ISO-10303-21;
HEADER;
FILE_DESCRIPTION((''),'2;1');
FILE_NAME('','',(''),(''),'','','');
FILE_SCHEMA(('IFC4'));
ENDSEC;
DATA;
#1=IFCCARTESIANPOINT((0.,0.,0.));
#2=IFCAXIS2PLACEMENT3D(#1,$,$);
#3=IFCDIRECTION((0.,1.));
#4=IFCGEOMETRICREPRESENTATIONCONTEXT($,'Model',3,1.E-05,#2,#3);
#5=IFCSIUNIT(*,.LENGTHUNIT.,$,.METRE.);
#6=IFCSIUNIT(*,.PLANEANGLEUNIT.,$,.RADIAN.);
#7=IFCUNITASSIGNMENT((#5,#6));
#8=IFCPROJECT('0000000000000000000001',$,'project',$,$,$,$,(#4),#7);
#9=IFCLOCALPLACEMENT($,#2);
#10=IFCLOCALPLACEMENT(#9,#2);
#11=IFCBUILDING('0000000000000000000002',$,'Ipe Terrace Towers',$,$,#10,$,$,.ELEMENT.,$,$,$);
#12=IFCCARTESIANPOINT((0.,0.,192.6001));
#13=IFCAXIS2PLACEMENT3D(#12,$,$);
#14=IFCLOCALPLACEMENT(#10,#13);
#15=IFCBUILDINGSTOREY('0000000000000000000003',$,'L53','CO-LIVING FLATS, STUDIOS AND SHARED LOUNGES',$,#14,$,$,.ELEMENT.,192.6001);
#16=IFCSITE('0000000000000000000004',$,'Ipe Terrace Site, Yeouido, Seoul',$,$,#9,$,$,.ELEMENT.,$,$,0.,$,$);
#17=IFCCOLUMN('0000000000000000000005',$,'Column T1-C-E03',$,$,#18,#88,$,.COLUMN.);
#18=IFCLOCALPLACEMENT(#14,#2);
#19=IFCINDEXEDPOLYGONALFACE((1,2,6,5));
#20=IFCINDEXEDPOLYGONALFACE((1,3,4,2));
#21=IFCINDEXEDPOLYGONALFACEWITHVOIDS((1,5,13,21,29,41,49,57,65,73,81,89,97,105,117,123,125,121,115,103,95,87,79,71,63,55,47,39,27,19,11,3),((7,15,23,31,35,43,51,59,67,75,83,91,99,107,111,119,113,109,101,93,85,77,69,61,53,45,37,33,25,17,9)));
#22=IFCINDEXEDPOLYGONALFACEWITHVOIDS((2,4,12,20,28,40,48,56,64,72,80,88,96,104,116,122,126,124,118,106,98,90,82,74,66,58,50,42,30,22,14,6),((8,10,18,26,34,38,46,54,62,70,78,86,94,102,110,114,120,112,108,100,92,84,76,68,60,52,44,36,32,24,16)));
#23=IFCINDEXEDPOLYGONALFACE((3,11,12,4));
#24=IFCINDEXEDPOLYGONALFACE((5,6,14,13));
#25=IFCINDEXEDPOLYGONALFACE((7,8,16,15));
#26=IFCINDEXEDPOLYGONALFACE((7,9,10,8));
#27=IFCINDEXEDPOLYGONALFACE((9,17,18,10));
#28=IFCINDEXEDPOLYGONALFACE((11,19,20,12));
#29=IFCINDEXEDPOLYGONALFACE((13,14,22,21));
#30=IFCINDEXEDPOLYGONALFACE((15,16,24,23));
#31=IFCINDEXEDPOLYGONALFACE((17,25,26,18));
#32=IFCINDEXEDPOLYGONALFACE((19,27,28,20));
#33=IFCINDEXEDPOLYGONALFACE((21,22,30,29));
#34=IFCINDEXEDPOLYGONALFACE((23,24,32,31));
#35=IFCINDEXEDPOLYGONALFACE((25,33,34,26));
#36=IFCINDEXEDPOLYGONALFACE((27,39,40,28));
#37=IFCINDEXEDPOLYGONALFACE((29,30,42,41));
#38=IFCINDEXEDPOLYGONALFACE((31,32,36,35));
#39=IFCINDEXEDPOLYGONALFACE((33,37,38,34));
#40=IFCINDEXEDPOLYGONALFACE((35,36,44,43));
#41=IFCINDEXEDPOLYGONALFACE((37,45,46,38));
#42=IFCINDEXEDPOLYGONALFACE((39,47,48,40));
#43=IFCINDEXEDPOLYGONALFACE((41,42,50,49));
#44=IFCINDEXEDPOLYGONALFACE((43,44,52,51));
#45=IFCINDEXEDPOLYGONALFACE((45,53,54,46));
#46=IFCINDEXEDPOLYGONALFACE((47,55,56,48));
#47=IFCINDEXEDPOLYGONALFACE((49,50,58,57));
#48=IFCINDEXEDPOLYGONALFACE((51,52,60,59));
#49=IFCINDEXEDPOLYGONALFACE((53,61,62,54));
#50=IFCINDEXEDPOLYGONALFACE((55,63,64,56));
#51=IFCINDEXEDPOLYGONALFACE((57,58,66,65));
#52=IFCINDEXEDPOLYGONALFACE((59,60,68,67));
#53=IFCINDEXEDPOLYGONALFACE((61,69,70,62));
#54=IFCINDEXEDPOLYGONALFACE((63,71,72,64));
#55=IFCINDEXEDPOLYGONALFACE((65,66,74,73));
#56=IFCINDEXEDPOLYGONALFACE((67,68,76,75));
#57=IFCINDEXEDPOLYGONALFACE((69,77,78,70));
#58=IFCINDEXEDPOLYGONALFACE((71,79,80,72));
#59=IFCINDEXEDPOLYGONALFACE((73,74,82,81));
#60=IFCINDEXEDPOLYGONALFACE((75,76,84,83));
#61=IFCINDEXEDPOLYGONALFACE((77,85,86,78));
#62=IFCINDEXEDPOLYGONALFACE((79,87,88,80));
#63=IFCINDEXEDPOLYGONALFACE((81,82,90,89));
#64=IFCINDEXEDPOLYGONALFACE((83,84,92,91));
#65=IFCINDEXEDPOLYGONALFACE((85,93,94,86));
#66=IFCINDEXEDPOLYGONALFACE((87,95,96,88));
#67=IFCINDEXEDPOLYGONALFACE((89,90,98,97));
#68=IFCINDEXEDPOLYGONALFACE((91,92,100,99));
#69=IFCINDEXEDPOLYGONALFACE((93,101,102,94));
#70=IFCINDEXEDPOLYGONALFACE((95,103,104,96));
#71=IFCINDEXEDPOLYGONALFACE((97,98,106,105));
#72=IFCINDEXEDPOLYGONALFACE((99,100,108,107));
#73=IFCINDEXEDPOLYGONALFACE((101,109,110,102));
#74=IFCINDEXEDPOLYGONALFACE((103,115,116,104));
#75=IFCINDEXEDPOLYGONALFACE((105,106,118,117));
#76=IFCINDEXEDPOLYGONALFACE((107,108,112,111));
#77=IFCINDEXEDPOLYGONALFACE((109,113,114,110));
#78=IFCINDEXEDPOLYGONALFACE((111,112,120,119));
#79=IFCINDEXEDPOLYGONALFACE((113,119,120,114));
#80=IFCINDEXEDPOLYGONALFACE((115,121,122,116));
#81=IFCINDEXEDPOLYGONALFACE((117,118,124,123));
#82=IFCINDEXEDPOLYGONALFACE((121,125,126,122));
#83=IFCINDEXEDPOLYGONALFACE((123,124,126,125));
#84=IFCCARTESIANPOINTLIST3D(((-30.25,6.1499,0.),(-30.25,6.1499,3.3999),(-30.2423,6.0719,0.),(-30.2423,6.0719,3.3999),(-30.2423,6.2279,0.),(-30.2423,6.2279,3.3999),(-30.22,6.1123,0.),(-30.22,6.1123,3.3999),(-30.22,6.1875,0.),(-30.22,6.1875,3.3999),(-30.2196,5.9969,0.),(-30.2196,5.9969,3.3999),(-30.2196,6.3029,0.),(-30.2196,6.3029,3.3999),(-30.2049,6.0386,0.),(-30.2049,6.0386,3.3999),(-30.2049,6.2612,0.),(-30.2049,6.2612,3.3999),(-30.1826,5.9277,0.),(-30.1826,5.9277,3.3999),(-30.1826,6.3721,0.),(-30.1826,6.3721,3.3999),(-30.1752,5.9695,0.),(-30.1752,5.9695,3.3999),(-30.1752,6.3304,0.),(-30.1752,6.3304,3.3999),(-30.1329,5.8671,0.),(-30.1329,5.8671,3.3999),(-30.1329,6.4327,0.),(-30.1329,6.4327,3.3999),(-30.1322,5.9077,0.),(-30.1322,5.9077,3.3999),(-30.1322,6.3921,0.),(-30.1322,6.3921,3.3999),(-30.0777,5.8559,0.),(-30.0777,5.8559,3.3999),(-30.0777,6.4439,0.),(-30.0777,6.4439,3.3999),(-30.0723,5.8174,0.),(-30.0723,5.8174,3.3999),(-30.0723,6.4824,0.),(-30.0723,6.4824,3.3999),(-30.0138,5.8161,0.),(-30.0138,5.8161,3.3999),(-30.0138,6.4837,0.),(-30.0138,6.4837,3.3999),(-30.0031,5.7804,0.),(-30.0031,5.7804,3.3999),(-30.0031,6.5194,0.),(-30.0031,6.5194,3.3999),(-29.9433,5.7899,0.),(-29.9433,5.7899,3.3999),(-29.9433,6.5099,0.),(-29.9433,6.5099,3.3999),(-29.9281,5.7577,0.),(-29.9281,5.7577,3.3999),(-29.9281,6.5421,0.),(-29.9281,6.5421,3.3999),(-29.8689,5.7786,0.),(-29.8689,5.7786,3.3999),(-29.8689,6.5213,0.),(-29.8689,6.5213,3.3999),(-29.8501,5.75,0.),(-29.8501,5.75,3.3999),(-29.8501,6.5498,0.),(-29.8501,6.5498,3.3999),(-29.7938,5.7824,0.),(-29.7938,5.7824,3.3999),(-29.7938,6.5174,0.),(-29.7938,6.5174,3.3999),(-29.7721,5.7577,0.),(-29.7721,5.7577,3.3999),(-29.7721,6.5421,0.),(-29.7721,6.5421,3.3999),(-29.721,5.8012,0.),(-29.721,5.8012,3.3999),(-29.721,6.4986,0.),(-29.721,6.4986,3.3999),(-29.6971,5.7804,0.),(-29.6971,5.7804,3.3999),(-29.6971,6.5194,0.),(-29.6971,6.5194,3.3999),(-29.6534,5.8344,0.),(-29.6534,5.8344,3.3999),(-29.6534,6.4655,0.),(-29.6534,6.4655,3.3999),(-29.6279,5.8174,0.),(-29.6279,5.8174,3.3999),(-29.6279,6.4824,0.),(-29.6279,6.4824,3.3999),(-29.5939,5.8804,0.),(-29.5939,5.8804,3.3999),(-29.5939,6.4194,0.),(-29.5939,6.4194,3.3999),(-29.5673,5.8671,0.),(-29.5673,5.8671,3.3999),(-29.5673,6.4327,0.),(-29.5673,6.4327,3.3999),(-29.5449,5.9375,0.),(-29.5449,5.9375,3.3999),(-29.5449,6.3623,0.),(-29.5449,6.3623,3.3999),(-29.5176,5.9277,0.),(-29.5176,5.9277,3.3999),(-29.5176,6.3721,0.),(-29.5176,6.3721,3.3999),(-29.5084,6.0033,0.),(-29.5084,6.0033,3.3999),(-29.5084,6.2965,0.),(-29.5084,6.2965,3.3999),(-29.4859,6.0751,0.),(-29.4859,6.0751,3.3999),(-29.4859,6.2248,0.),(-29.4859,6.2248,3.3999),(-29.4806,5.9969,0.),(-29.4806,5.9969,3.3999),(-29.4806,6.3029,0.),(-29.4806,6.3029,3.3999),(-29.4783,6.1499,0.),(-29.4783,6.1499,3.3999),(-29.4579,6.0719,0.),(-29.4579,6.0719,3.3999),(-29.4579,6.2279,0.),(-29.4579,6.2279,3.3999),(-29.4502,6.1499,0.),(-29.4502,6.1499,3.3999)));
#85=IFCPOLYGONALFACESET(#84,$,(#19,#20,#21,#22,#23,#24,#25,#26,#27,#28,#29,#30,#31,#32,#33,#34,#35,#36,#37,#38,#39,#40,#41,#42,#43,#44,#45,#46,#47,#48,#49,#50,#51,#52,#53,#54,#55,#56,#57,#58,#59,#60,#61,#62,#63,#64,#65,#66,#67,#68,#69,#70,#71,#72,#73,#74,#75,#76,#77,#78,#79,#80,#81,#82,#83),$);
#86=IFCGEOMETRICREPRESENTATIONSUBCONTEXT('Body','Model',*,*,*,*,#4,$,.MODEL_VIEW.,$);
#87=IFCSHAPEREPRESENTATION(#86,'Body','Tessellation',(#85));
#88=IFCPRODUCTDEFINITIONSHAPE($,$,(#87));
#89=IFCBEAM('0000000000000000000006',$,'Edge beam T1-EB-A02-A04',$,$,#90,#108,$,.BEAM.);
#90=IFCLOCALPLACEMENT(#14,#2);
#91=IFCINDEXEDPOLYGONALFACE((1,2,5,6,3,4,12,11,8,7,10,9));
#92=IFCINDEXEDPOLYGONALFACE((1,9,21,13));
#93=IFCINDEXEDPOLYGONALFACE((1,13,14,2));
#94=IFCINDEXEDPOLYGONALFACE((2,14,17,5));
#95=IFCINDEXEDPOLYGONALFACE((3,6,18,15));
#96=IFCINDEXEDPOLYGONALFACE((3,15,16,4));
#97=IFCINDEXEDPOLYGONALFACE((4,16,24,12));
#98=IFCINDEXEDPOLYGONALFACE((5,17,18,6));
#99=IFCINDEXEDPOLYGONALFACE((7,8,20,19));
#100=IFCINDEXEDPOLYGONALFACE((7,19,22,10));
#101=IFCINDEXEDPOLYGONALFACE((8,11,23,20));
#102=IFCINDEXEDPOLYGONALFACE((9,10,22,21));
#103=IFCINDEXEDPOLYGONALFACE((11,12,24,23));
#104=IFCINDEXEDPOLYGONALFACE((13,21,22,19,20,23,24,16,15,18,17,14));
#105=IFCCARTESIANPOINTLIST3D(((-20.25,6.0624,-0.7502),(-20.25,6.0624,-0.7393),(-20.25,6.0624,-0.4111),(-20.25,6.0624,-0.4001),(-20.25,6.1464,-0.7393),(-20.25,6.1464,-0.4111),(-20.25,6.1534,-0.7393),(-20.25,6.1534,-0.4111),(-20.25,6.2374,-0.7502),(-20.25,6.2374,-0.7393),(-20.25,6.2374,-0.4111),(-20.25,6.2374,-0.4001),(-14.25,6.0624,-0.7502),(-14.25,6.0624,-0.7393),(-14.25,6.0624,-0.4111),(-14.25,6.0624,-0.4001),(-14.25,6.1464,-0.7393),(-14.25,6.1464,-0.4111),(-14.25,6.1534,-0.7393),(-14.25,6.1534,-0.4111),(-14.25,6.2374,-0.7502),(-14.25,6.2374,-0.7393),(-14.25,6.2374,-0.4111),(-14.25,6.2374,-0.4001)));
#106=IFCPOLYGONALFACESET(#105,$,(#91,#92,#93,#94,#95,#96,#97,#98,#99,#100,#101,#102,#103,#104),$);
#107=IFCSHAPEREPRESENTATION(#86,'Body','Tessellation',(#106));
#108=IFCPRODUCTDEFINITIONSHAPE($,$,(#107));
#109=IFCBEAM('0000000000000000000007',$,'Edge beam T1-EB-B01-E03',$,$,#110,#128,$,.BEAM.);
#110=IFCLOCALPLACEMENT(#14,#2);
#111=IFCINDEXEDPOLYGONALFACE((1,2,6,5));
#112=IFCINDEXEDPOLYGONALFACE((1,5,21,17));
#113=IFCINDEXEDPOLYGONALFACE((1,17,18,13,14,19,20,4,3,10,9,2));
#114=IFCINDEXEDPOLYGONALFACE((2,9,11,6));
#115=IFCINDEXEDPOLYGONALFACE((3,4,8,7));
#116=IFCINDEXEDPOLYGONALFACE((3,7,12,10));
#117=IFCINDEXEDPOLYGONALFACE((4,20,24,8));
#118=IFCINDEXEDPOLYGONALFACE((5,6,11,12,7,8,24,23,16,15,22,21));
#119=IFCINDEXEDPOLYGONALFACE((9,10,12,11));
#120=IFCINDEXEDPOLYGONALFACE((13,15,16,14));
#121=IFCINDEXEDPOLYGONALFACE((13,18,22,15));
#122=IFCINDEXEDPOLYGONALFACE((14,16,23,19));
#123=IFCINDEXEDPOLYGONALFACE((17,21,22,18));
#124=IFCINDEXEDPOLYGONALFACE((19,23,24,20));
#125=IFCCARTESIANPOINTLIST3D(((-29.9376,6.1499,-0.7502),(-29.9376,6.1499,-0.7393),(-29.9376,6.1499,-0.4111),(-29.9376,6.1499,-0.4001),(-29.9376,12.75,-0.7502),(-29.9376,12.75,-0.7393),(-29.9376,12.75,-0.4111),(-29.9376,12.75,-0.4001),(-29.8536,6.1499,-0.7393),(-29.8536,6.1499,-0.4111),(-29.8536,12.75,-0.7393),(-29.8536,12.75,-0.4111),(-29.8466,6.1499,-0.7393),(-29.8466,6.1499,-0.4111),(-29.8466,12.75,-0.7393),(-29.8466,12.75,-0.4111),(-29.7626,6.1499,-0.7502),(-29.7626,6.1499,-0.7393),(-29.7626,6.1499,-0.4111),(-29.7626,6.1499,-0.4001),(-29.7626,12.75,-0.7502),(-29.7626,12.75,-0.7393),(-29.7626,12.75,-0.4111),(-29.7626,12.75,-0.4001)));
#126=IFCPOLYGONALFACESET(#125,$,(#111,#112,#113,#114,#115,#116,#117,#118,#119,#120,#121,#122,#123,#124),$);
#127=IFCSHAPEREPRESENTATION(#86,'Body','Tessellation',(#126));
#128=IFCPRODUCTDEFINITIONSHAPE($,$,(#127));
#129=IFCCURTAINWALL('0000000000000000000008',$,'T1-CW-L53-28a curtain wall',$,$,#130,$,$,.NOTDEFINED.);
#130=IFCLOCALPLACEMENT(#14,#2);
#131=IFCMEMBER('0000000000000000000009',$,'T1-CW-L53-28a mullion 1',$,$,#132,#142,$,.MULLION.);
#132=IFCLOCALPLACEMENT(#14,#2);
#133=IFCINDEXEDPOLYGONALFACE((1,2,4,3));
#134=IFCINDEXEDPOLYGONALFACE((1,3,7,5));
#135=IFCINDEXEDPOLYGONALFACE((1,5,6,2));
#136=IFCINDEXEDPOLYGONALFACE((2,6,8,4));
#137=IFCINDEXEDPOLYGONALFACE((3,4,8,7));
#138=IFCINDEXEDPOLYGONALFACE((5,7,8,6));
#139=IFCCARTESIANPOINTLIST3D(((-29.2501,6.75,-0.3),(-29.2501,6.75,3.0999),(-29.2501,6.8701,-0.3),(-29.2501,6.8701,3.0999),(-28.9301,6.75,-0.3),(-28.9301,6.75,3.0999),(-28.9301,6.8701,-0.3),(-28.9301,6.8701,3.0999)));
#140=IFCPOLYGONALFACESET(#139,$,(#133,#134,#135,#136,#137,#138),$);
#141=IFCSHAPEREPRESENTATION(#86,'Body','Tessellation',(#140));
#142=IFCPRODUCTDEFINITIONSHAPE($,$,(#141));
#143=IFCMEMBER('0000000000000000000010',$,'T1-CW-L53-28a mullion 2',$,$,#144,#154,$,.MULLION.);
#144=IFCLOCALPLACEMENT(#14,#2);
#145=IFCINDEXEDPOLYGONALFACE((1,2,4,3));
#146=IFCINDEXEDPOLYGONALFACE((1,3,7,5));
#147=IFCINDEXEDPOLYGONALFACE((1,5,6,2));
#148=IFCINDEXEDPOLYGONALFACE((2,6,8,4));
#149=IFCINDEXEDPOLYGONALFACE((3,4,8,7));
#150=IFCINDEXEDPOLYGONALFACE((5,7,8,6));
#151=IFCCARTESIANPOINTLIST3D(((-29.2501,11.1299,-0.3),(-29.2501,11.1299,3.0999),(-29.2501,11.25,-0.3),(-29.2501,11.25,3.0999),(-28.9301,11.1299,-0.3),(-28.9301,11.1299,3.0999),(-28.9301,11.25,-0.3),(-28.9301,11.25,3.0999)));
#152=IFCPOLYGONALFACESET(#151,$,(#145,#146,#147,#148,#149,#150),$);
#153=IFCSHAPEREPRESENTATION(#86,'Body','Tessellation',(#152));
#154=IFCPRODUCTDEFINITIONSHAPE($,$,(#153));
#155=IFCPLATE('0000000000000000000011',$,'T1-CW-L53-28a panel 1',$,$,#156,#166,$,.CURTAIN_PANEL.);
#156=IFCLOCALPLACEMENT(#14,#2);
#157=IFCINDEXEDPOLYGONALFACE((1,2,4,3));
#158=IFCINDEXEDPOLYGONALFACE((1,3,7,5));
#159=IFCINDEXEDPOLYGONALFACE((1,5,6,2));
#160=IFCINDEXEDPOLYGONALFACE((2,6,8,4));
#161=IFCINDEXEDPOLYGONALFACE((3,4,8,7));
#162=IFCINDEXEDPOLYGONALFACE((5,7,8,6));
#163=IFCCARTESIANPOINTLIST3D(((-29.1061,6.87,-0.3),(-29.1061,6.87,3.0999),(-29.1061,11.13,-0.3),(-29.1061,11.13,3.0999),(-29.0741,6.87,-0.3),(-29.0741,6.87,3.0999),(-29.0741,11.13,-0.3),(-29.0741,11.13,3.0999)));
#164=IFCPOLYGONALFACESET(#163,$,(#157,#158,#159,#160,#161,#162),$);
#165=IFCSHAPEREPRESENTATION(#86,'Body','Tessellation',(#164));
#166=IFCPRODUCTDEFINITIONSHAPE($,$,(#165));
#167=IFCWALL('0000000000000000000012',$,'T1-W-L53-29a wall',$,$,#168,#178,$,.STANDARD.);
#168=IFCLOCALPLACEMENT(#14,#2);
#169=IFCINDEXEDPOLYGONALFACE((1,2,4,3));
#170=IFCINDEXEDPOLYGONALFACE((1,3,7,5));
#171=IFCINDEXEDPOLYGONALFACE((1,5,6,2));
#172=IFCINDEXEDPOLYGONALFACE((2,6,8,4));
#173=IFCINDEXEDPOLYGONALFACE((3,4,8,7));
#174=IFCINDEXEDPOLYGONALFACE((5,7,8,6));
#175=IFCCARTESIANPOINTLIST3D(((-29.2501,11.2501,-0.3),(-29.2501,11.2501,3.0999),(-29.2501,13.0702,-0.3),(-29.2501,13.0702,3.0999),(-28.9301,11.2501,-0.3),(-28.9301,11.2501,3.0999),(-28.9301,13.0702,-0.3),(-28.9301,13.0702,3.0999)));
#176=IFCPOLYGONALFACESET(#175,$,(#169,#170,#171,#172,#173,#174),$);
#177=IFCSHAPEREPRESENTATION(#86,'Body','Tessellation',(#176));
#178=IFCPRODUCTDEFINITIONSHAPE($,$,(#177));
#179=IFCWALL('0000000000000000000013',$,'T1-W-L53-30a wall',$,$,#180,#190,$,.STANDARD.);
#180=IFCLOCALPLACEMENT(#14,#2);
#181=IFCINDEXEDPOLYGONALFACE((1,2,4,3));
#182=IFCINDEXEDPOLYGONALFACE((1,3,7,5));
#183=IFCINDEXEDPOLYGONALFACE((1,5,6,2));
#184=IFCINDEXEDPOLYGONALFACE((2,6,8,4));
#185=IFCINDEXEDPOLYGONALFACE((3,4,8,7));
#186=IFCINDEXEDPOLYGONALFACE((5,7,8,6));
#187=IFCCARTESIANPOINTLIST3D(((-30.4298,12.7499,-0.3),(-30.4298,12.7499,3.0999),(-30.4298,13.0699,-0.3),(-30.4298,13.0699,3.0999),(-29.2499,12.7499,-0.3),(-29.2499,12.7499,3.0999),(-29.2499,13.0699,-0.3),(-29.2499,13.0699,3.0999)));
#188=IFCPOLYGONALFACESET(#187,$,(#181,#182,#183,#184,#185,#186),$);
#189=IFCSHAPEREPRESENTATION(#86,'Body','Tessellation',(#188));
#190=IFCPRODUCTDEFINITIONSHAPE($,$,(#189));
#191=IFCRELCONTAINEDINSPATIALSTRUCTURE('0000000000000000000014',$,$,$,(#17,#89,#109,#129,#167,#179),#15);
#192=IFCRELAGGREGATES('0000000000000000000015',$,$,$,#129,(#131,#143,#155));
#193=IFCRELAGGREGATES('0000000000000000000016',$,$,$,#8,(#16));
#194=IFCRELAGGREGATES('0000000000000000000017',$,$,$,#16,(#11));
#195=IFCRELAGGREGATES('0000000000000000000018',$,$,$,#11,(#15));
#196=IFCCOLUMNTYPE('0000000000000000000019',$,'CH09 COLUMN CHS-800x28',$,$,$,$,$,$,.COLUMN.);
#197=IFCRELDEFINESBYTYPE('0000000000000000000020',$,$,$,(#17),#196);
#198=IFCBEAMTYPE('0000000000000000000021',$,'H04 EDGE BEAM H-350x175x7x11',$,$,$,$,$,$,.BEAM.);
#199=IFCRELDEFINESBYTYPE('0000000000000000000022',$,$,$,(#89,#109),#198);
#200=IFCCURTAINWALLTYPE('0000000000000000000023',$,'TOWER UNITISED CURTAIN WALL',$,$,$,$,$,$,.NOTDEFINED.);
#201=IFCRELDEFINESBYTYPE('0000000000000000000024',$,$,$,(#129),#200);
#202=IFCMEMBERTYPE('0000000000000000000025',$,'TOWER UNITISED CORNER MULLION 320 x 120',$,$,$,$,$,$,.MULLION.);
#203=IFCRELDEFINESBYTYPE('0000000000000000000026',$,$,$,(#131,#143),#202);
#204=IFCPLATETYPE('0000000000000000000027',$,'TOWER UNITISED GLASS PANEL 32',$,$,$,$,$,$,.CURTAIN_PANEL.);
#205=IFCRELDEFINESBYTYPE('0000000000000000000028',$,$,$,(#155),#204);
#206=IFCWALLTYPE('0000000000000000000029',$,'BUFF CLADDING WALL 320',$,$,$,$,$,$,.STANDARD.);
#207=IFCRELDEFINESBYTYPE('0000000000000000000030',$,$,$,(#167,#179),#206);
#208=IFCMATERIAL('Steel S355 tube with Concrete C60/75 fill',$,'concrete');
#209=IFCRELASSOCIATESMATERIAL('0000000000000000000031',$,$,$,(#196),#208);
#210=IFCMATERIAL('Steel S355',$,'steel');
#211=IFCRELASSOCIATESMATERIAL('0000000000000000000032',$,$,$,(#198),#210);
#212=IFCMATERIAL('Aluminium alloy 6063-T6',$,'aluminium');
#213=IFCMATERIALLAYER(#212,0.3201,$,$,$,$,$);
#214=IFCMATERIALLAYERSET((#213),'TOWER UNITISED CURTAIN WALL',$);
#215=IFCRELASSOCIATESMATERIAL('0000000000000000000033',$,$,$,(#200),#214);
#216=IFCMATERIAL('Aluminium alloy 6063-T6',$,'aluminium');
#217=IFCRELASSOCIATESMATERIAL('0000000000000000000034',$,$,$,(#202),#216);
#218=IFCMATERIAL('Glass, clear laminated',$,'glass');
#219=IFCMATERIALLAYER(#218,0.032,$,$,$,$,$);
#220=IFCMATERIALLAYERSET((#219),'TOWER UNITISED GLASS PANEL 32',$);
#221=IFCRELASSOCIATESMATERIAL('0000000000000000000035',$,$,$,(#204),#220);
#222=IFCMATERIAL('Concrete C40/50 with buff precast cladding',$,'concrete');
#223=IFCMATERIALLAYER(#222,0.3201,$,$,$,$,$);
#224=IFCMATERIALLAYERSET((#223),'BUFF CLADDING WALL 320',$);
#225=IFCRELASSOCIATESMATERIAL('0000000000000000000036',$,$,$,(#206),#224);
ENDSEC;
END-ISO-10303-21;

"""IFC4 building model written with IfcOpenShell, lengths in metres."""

from ifc_helpers import new_model, si_unit, direction, frame, frame_2d, origin, origin_2d, place, context, subcontext, project, spatial, rectangle, hollow_circle, i_section, extrude, material, layer, layer_set, material_profile, profile_set, type_object, element, aggregate, save


model = new_model("IFC4")

# Units and contexts
model_context = context("Model", 3, precision=1e-05, world=origin(), true_north=direction((0.0, 1.0)))
body_context = subcontext(model_context, "Body", "Model", "MODEL_VIEW")
ifc_project = project(units=[si_unit("LENGTHUNIT", "METRE"), si_unit("PLANEANGLEUNIT", "RADIAN")], contexts=[model_context])

# Site, building, storey
site_placement = place(None, origin())
site = spatial("IfcSite", under=ifc_project, at=site_placement, Name="Ipe Terrace Site, Yeouido, Seoul", CompositionType="ELEMENT", RefElevation=0.0)
building_placement = place(site_placement, origin())
building = spatial("IfcBuilding", under=site, at=building_placement, Name="Ipe Terrace Towers", CompositionType="ELEMENT")
storey_placement = place(building_placement, frame((0.0, 0.0, 192.6001)))
storey = spatial("IfcBuildingStorey", under=building, at=storey_placement, Name="L53", Description="CO-LIVING FLATS, STUDIOS AND SHARED LOUNGES", CompositionType="ELEMENT", Elevation=192.6001)

# Column
ifc_material_1 = material(Name="Steel S355 tube with Concrete C60/75 fill", Category="concrete")
ifc_material_profile_1 = material_profile(ifc_material_1, hollow_circle(Radius=0.3999, WallThickness=0.0281, at=origin_2d()), Name="CHS-800x28")
ifc_profile_set_1 = profile_set([ifc_material_profile_1], Name="Steel S355 tube with Concrete C60/75 fill")
column_type_1 = type_object("IfcColumnType", Name="CH09 COLUMN CHS-800x28", PredefinedType="COLUMN", material=ifc_profile_set_1)
column_placement = place(storey_placement, frame((-29.8501, 6.1499, 0.0), z_axis=(0.0, 0.0, 1.0), x_axis=(1.0, 0.0, 0.0)))
element("IfcColumn", 1, at=column_placement, inside=storey, type_object=column_type_1, Name="Column T1-C-E03", PredefinedType="COLUMN", context=body_context, shape_type="SweptSolid", body=[
    extrude(hollow_circle(Radius=0.3999, WallThickness=0.0281, at=origin_2d()), origin(), (0.0, 0.0, 1.0), 3.3999),
])

# Beams
ifc_material_2 = material(Name="Steel S355", Category="steel")
ifc_material_profile_2 = material_profile(ifc_material_2, i_section(OverallWidth=0.175, OverallDepth=0.3501, WebThickness=0.0071, FlangeThickness=0.011, at=origin_2d()), Name="H-350x175x7x11")
ifc_profile_set_2 = profile_set([ifc_material_profile_2], Name="Steel S355")
beam_type = type_object("IfcBeamType", Name="H04 EDGE BEAM H-350x175x7x11", PredefinedType="BEAM", material=ifc_profile_set_2)
beam_1_placement = place(storey_placement, frame((-20.25, 6.1499, -0.5752), z_axis=(1.0, 0.0, 0.0), x_axis=(0.0, 1.0, 0.0)))
element("IfcBeam", 2, at=beam_1_placement, inside=storey, type_object=beam_type, Name="Edge beam T1-EB-A02-A04", PredefinedType="BEAM", context=body_context, shape_type="SweptSolid", body=[
    extrude(i_section(OverallWidth=0.175, OverallDepth=0.3501, WebThickness=0.0071, FlangeThickness=0.011, at=origin_2d()), origin(), (0.0, 0.0, 1.0), 6.0),
])
beam_2_placement = place(storey_placement, frame((-29.8501, 12.75, -0.5752), z_axis=(0.0, -1.0, 0.0), x_axis=(1.0, 0.0, 0.0)))
element("IfcBeam", 3, at=beam_2_placement, inside=storey, type_object=beam_type, Name="Edge beam T1-EB-B01-E03", PredefinedType="BEAM", context=body_context, shape_type="SweptSolid", body=[
    extrude(i_section(OverallWidth=0.175, OverallDepth=0.3501, WebThickness=0.0071, FlangeThickness=0.011, at=origin_2d()), origin(), (0.0, 0.0, 1.0), 6.6001),
])

# Curtain wall, members, plate
ifc_material_3 = material(Name="Aluminium alloy 6063-T6", Category="aluminium")
ifc_layer_1 = layer(ifc_material_3, 0.3201)
ifc_layer_set_1 = layer_set([ifc_layer_1], Name="TOWER UNITISED CURTAIN WALL")
curtain_wall_type = type_object("IfcCurtainWallType", Name="TOWER UNITISED CURTAIN WALL", PredefinedType="NOTDEFINED", material=ifc_layer_set_1)
curtain_wall_placement = place(storey_placement, origin())
curtain_wall = element("IfcCurtainWall", 4, at=curtain_wall_placement, inside=storey, type_object=curtain_wall_type, Name="T1-CW-L53-28a curtain wall", PredefinedType="NOTDEFINED")
ifc_material_4 = material(Name="Aluminium alloy 6063-T6", Category="aluminium")
ifc_material_profile_3 = material_profile(ifc_material_4, rectangle(XDim=0.3201, YDim=0.1201, at=origin_2d()), Name="TOWER UNITISED CORNER MULLION 320 x 120")
ifc_profile_set_3 = profile_set([ifc_material_profile_3], Name="Aluminium alloy 6063-T6")
member_type = type_object("IfcMemberType", Name="TOWER UNITISED CORNER MULLION 320 x 120", PredefinedType="MULLION", material=ifc_profile_set_3)
member_1_placement = place(storey_placement, frame((-29.0901, 6.8101, -0.3), z_axis=(0.0, 0.0, 1.0), x_axis=(1.0, 0.0, 0.0)))
member_1 = element("IfcMember", 5, at=member_1_placement, type_object=member_type, Name="T1-CW-L53-28a mullion 1", PredefinedType="MULLION", context=body_context, shape_type="SweptSolid", body=[
    extrude(rectangle(XDim=0.3201, YDim=0.1201, at=origin_2d()), origin(), (0.0, 0.0, 1.0), 3.3999),
])
member_2_placement = place(storey_placement, frame((-29.0901, 11.1899, -0.3), z_axis=(0.0, 0.0, 1.0), x_axis=(1.0, 0.0, 0.0)))
member_2 = element("IfcMember", 6, at=member_2_placement, type_object=member_type, Name="T1-CW-L53-28a mullion 2", PredefinedType="MULLION", context=body_context, shape_type="SweptSolid", body=[
    extrude(rectangle(XDim=0.3201, YDim=0.1201, at=origin_2d()), origin(), (0.0, 0.0, 1.0), 3.3999),
])
ifc_material_5 = material(Name="Glass, clear laminated", Category="glass")
ifc_layer_2 = layer(ifc_material_5, 0.032)
ifc_layer_set_2 = layer_set([ifc_layer_2], Name="TOWER UNITISED GLASS PANEL 32")
plate_type = type_object("IfcPlateType", Name="TOWER UNITISED GLASS PANEL 32", PredefinedType="CURTAIN_PANEL", material=ifc_layer_set_2)
plate_placement = place(storey_placement, frame((-29.0901, 9.0, -0.3), z_axis=(0.0, 0.0, 1.0), x_axis=(0.0, 1.0, 0.0)))
plate = element("IfcPlate", 7, at=plate_placement, type_object=plate_type, Name="T1-CW-L53-28a panel 1", PredefinedType="CURTAIN_PANEL", context=body_context, shape_type="SweptSolid", body=[
    extrude(rectangle(XDim=4.26, YDim=0.032, at=origin_2d()), origin(), (0.0, 0.0, 1.0), 3.3999),
])
aggregate(curtain_wall, [member_1, member_2, plate])

# Walls
ifc_material_6 = material(Name="Concrete C40/50 with buff precast cladding", Category="concrete")
ifc_layer_3 = layer(ifc_material_6, 0.3201)
ifc_layer_set_3 = layer_set([ifc_layer_3], Name="BUFF CLADDING WALL 320")
wall_type_1 = type_object("IfcWallType", Name="BUFF CLADDING WALL 320", PredefinedType="STANDARD", material=ifc_layer_set_3)
wall_1_placement = place(storey_placement, frame((-29.0901, 11.25, -0.3), z_axis=(0.0, 0.0, 1.0), x_axis=(0.0, 1.0, 0.0)))
element("IfcWall", 8, at=wall_1_placement, inside=storey, type_object=wall_type_1, Name="T1-W-L53-29a wall", PredefinedType="STANDARD", context=body_context, shape_type="SweptSolid", body=[
    extrude(rectangle(XDim=1.8201, YDim=0.3201, at=frame_2d((0.9102, 0.0))), origin(), (0.0, 0.0, 1.0), 3.3999),
])
wall_2_placement = place(storey_placement, frame((-29.25, 12.9099, -0.3), z_axis=(0.0, 0.0, 1.0), x_axis=(-1.0, 0.0, 0.0)))
element("IfcWall", 9, at=wall_2_placement, inside=storey, type_object=wall_type_1, Name="T1-W-L53-30a wall", PredefinedType="STANDARD", context=body_context, shape_type="SweptSolid", body=[
    extrude(rectangle(XDim=1.1799, YDim=0.3201, at=frame_2d((0.5898, 0.0))), origin(), (0.0, 0.0, 1.0), 3.3999),
])

save(model, "model.ifc")
